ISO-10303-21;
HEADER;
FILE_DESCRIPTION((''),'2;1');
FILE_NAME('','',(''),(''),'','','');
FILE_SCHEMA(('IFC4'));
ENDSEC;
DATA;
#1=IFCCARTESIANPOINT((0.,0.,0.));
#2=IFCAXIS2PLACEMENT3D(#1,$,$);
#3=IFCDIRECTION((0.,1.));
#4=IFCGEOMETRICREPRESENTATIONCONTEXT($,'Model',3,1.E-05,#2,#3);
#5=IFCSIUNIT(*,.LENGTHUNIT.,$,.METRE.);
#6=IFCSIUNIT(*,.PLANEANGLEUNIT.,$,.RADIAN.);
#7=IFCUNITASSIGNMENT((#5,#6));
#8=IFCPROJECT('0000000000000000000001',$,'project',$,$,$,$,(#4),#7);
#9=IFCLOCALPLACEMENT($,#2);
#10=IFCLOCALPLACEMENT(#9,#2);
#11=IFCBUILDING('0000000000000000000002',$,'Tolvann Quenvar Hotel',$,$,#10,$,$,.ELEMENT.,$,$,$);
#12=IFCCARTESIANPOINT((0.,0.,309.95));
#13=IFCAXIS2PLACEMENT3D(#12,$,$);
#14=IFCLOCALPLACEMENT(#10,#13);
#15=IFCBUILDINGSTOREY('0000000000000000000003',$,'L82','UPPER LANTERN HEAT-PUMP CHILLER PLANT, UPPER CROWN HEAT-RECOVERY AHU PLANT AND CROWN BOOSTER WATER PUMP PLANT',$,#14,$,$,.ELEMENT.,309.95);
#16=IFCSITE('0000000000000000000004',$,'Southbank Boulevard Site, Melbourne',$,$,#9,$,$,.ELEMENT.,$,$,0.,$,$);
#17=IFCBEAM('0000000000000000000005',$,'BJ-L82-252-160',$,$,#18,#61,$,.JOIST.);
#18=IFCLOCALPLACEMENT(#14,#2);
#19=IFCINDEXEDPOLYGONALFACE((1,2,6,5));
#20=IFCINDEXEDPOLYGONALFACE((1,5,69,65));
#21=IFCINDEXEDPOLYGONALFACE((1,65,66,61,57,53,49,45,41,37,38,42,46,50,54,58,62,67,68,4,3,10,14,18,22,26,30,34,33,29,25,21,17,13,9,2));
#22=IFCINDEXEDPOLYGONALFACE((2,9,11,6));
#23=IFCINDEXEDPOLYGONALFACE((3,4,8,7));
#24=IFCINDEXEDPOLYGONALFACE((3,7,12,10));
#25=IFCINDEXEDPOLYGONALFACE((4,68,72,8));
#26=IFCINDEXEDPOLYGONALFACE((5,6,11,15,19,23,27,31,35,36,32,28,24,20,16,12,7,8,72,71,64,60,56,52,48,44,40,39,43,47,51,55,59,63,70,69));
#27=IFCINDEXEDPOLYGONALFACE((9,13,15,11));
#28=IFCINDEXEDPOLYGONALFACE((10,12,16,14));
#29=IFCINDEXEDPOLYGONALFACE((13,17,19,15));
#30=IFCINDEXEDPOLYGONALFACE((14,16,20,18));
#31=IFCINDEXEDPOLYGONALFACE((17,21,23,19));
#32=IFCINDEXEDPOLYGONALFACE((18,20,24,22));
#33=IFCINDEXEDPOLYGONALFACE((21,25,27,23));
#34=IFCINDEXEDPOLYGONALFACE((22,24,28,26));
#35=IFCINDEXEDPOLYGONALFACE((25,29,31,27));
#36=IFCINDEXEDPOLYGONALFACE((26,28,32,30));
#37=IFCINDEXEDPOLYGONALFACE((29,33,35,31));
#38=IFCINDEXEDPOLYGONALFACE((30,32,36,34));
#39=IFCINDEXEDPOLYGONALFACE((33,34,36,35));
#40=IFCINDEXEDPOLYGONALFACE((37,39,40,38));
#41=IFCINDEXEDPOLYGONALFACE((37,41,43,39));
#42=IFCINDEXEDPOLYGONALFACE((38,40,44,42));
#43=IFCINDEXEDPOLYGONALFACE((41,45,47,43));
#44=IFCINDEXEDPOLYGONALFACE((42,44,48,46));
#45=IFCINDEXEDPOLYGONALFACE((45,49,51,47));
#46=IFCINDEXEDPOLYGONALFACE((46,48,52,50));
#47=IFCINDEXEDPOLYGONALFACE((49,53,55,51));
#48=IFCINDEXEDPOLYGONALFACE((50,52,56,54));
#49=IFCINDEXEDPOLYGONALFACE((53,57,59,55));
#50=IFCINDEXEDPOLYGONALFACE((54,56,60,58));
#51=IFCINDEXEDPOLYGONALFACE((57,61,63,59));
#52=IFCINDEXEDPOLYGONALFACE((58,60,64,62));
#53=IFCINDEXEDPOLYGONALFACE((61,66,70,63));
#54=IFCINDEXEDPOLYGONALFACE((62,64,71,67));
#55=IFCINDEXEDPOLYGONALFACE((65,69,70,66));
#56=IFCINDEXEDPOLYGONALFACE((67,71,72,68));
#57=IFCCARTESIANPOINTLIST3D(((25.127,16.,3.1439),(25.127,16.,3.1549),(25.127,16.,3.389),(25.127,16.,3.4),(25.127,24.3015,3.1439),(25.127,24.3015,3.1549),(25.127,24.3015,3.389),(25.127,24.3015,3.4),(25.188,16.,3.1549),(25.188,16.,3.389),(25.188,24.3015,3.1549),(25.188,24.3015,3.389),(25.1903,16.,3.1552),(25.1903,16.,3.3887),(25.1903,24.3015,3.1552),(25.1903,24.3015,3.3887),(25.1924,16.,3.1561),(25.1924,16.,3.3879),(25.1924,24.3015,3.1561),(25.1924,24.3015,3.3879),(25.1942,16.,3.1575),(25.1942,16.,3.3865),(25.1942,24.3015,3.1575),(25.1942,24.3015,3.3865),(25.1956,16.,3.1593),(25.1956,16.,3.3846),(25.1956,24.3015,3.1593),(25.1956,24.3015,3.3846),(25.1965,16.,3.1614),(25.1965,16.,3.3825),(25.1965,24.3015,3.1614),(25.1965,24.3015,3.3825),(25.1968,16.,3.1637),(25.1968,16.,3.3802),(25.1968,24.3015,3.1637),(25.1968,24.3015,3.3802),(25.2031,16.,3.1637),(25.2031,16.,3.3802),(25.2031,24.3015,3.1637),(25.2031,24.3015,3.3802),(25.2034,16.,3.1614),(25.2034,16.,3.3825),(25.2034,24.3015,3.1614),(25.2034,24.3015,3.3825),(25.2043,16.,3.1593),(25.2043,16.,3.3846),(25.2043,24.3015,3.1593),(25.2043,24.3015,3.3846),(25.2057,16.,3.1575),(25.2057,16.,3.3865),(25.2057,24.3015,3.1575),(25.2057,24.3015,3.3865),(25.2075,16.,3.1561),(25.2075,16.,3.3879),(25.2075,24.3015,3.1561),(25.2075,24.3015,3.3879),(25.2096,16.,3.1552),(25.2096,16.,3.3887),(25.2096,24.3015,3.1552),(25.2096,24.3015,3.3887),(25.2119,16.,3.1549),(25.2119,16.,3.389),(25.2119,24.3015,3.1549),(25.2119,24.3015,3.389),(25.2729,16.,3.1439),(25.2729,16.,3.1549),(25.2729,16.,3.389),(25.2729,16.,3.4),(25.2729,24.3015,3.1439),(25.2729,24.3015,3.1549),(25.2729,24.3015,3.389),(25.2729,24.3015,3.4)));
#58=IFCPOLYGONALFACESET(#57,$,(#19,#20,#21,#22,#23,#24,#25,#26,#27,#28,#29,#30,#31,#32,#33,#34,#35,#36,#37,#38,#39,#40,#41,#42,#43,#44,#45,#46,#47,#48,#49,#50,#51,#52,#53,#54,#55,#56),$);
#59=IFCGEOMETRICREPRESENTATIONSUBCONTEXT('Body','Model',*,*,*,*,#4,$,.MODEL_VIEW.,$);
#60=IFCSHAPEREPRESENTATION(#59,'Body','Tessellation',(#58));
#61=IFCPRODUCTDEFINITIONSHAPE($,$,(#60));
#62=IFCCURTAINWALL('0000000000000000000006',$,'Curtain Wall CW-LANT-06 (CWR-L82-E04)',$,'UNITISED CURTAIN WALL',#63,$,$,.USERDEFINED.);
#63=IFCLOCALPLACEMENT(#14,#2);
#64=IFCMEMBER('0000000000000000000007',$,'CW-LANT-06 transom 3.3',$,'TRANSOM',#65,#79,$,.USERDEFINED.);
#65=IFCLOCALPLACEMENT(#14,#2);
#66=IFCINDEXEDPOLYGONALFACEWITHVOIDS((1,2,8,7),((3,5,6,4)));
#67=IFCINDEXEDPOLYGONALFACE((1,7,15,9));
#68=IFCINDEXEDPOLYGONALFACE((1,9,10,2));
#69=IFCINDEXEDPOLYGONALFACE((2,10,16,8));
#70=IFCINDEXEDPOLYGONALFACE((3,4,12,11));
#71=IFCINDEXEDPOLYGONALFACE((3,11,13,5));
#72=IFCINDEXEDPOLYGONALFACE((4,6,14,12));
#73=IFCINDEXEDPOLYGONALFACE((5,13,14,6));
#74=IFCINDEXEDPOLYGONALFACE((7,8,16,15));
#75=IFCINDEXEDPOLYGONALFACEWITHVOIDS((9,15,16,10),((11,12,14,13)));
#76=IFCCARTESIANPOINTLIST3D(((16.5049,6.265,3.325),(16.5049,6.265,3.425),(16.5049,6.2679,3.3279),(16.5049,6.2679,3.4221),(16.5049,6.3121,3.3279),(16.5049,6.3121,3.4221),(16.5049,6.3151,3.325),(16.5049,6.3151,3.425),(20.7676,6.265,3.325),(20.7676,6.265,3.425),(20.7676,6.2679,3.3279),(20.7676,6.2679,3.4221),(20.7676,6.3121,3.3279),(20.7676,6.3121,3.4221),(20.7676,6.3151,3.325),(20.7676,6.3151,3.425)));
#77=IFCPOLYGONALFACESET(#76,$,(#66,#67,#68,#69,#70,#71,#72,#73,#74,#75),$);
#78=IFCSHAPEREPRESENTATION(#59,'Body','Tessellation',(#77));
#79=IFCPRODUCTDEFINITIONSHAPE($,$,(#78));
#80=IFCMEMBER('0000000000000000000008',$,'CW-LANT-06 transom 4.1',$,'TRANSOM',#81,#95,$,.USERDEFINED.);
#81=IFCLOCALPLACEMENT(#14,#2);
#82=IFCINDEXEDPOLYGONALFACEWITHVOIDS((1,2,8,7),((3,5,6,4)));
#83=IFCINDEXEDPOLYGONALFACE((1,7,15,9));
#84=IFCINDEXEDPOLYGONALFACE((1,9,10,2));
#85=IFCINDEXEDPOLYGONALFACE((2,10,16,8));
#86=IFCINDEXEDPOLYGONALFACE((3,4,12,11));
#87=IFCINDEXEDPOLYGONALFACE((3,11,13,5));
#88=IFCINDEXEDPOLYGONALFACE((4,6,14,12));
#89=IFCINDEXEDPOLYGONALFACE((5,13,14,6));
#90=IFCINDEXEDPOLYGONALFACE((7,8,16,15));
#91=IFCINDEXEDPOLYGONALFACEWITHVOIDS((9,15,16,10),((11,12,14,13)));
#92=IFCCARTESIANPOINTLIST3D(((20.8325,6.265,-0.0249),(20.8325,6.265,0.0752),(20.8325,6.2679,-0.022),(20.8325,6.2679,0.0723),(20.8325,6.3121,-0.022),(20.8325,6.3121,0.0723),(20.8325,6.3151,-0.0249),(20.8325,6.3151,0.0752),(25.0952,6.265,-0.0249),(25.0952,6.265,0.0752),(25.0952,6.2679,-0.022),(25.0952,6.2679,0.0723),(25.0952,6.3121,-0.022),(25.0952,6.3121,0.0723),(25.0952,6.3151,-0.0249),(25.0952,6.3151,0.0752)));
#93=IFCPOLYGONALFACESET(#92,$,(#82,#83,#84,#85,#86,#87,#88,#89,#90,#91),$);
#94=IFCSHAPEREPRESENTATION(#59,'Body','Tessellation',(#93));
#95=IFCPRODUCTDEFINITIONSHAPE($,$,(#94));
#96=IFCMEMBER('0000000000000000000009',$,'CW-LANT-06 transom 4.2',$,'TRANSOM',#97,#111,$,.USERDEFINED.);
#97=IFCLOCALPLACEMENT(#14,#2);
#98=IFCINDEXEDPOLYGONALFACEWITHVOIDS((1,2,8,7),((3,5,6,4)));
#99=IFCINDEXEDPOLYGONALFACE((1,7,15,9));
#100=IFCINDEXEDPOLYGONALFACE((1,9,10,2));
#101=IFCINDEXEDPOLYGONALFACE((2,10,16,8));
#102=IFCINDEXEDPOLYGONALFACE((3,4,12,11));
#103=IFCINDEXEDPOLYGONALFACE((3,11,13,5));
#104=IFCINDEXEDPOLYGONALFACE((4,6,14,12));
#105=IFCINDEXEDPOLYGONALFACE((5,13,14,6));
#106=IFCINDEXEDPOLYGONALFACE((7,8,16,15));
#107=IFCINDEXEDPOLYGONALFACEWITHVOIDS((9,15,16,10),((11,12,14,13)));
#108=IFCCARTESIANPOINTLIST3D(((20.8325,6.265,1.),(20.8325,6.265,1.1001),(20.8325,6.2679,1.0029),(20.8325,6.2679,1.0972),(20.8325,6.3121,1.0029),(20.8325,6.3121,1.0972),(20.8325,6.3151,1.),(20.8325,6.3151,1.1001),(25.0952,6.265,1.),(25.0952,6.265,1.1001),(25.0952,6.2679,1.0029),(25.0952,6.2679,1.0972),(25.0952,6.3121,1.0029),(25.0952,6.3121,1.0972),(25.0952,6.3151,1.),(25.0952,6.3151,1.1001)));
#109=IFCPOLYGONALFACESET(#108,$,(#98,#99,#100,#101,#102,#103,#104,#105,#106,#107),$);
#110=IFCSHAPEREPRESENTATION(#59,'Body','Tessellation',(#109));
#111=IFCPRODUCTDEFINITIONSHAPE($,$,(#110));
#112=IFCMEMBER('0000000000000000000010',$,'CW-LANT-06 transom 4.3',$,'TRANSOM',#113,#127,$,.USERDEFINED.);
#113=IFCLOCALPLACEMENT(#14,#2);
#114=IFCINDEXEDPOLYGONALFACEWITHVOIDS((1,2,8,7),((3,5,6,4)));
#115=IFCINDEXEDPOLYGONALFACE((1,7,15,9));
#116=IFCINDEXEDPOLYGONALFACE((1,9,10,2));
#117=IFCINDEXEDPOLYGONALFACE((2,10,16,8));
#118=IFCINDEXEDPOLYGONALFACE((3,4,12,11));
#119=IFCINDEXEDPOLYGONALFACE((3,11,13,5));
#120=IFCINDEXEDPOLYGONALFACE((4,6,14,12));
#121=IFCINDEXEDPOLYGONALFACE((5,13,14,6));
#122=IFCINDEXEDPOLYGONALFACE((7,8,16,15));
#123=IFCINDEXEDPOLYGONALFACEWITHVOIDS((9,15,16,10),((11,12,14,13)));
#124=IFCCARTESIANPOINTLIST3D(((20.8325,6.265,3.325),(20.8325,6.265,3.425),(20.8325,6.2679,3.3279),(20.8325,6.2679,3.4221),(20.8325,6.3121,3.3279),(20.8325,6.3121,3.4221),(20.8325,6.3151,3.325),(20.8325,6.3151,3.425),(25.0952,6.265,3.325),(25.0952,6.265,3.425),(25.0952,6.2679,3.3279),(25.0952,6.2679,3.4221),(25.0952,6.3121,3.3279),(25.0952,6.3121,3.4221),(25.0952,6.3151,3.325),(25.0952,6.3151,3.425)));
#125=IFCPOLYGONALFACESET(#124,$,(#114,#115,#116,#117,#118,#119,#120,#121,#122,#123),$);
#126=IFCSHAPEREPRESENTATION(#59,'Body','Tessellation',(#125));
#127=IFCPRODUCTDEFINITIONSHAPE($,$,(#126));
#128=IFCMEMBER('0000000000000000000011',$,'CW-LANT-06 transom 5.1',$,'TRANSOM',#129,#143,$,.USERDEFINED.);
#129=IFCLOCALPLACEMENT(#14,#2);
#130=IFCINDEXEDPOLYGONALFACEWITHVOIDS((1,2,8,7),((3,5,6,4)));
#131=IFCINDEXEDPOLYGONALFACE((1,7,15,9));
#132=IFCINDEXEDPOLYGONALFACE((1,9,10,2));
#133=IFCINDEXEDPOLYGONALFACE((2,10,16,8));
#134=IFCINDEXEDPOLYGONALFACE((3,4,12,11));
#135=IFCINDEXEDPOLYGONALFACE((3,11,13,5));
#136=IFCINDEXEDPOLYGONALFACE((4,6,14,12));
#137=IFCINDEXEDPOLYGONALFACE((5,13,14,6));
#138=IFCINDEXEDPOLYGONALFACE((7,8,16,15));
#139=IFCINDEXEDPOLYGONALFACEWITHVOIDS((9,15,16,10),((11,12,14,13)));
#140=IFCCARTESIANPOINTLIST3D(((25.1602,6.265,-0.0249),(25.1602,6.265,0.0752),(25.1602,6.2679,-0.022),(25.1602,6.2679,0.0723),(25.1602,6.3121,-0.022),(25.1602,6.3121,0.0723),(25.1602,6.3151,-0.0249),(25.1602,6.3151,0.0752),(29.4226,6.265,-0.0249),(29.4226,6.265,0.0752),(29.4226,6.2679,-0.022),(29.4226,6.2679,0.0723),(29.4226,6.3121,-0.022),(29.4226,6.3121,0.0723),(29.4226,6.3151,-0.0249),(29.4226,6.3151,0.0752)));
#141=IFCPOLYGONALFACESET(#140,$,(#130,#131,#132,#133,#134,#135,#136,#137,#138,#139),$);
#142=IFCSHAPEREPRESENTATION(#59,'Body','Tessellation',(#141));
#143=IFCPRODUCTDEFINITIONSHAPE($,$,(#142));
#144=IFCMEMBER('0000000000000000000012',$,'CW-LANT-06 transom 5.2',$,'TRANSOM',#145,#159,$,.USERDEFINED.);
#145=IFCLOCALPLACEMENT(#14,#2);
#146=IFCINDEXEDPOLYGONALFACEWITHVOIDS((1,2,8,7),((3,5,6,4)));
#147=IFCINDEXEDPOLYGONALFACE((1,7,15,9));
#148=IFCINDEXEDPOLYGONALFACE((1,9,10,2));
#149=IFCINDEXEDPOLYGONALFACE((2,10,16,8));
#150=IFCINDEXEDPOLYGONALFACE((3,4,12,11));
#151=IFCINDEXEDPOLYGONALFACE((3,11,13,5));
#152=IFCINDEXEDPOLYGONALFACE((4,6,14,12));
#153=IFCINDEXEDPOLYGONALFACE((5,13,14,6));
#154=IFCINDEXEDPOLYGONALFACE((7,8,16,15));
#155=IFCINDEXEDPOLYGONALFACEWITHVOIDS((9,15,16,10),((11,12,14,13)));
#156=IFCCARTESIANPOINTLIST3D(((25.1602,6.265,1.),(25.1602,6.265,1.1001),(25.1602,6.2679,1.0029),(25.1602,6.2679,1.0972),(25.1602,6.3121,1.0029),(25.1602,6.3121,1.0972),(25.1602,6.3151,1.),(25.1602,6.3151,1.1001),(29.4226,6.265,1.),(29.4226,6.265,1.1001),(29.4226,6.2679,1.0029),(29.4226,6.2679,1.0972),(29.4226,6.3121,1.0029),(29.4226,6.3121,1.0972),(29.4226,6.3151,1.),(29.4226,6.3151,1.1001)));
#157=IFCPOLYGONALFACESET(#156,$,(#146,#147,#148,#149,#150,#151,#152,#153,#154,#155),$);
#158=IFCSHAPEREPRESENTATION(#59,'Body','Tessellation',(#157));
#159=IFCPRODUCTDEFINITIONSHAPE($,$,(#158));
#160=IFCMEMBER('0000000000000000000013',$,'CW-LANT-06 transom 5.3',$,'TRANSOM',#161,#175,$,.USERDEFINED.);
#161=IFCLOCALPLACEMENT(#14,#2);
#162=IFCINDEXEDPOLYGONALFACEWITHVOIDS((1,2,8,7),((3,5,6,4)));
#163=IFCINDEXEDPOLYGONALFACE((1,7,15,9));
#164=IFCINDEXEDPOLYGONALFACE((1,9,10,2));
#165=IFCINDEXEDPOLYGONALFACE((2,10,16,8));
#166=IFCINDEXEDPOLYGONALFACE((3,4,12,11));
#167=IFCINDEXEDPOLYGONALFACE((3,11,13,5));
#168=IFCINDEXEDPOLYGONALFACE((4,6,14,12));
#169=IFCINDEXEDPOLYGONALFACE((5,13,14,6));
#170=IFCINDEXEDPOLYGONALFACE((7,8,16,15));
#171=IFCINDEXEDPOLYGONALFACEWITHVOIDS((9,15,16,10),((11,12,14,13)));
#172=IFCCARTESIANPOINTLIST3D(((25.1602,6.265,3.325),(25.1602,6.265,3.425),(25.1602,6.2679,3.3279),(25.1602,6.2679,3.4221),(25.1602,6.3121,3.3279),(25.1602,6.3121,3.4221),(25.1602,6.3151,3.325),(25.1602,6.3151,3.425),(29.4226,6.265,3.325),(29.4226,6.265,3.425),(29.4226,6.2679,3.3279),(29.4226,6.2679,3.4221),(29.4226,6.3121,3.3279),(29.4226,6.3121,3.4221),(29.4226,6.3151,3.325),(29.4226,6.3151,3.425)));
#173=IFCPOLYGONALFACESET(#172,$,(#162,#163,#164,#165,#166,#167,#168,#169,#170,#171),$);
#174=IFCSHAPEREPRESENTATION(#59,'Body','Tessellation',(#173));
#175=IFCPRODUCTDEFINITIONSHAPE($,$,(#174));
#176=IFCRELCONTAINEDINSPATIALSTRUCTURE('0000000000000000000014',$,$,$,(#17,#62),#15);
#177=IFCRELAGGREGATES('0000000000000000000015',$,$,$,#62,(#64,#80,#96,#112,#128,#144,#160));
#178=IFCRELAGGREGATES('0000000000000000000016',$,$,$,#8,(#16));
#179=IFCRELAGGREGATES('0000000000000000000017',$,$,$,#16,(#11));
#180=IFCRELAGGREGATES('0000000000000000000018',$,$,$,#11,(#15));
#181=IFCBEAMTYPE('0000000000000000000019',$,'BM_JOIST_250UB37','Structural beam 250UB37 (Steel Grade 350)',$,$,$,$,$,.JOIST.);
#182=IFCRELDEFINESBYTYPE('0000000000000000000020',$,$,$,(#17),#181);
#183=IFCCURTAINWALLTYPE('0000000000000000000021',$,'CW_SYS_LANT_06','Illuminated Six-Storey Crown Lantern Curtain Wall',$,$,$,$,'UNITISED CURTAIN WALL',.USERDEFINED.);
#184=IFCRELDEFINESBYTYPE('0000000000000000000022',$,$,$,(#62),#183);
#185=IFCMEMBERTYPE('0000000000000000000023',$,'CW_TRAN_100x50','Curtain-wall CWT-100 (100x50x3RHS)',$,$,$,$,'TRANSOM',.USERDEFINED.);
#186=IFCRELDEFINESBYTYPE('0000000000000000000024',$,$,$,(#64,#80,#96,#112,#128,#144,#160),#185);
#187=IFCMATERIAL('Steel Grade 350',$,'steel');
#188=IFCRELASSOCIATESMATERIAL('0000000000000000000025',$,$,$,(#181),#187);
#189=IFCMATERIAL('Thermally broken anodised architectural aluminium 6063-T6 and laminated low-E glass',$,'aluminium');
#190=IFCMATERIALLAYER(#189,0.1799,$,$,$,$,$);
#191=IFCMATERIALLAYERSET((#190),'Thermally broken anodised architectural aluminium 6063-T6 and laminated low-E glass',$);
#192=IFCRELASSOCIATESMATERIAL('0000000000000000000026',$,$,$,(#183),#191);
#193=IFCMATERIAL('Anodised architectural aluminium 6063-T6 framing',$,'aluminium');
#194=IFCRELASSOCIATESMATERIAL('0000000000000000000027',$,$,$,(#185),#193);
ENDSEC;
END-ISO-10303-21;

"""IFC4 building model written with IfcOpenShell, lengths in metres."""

from ifc_helpers import new_model, si_unit, direction, frame, origin, origin_2d, place, context, subcontext, project, spatial, hollow_rectangle, i_section, extrude, source, transform, mapped, material, layer, layer_set, material_profile, profile_set, type_object, type_shapes, element, aggregate, save


model = new_model("IFC4")

# Units and contexts
model_context = context("Model", 3, precision=1e-05, world=origin(), true_north=direction((0.0, 1.0)))
body_context = subcontext(model_context, "Body", "Model", "MODEL_VIEW")
ifc_project = project(units=[si_unit("LENGTHUNIT", "METRE"), si_unit("PLANEANGLEUNIT", "RADIAN")], contexts=[model_context])

# Site, building, storey
site_placement = place(None, origin())
site = spatial("IfcSite", under=ifc_project, at=site_placement, Name="Southbank Boulevard Site, Melbourne", CompositionType="ELEMENT", RefElevation=0.0)
building_placement = place(site_placement, origin())
building = spatial("IfcBuilding", under=site, at=building_placement, Name="Tolvann Quenvar Hotel", CompositionType="ELEMENT")
storey_placement = place(building_placement, frame((0.0, 0.0, 309.95)))
storey = spatial("IfcBuildingStorey", under=building, at=storey_placement, Name="L82", Description="UPPER LANTERN HEAT-PUMP CHILLER PLANT, UPPER CROWN HEAT-RECOVERY AHU PLANT AND CROWN BOOSTER WATER PUMP PLANT", CompositionType="ELEMENT", Elevation=309.95)

# Shared definitions
ifc_material_1 = material(Name="Steel Grade 350", Category="steel")

# Beam
ifc_material_profile_1 = material_profile(ifc_material_1, i_section(OverallWidth=0.146, OverallDepth=0.2561, WebThickness=0.0063, FlangeThickness=0.011, FilletRadius=0.0088, at=origin_2d()), Name="250UB37")
ifc_profile_set_1 = profile_set([ifc_material_profile_1], Name="Steel Grade 350")
beam_type_1 = type_object("IfcBeamType", Name="BM_JOIST_250UB37", Description="Structural beam 250UB37 (Steel Grade 350)", PredefinedType="JOIST", material=ifc_profile_set_1)
shared_shape_1 = source(origin(), body_context, "Body", "SweptSolid", [
    extrude(i_section(OverallWidth=0.146, OverallDepth=0.2561, WebThickness=0.0063, FlangeThickness=0.011, FilletRadius=0.0088, at=origin_2d()), origin(), (0.0, 0.0, 1.0), 8.3015),
])
type_shapes(beam_type_1, [shared_shape_1])
beam_1_placement = place(storey_placement, frame((25.2, 16.0, 3.272), z_axis=(0.0, 1.0, 0.0), x_axis=(-1.0, 0.0, 0.0)))
element("IfcBeam", 1, at=beam_1_placement, inside=storey, type_object=beam_type_1, Name="BJ-L82-252-160", PredefinedType="JOIST", context=body_context, shape_type="MappedRepresentation", body=[
    mapped(shared_shape_1, transform((0.0, 0.0, 0.0), x_axis=(1.0, 0.0, 0.0), y_axis=(0.0, 1.0, 0.0), z_axis=(0.0, 0.0, 1.0), scale=1.0)),
])

# Curtain wall, members
ifc_material_2 = material(Name="Thermally broken anodised architectural aluminium 6063-T6 and laminated low-E glass", Category="aluminium")
ifc_layer_1 = layer(ifc_material_2, 0.1799)
ifc_layer_set_1 = layer_set([ifc_layer_1], Name="Thermally broken anodised architectural aluminium 6063-T6 and laminated low-E glass")
curtain_wall_type = type_object("IfcCurtainWallType", Name="CW_SYS_LANT_06", Description="Illuminated Six-Storey Crown Lantern Curtain Wall", ElementType="UNITISED CURTAIN WALL", PredefinedType="USERDEFINED", material=ifc_layer_set_1)
curtain_wall_placement = place(storey_placement, origin())
curtain_wall = element("IfcCurtainWall", 2, at=curtain_wall_placement, inside=storey, type_object=curtain_wall_type, Name="Curtain Wall CW-LANT-06 (CWR-L82-E04)", ObjectType="UNITISED CURTAIN WALL", PredefinedType="USERDEFINED")
ifc_material_3 = material(Name="Anodised architectural aluminium 6063-T6 framing", Category="aluminium")
ifc_material_profile_2 = material_profile(ifc_material_3, hollow_rectangle(XDim=0.05, YDim=0.1001, WallThickness=0.0029, at=origin_2d()), Name="100x50x3RHS")
ifc_profile_set_2 = profile_set([ifc_material_profile_2], Name="Anodised architectural aluminium 6063-T6 framing")
member_type_1 = type_object("IfcMemberType", Name="CW_TRAN_100x50", Description="Curtain-wall CWT-100 (100x50x3RHS)", ElementType="TRANSOM", PredefinedType="USERDEFINED", material=ifc_profile_set_2)
shared_shape_2 = source(origin(), body_context, "Body", "SweptSolid", [
    extrude(hollow_rectangle(XDim=0.05, YDim=0.1001, WallThickness=0.0029, at=origin_2d()), origin(), (0.0, 0.0, 1.0), 4.2627),
])
member_1_placement = place(storey_placement, frame((16.5049, 6.29, 3.375), z_axis=(1.0, 0.0, 0.0), x_axis=(0.0, 1.0, 0.0)))
member_1 = element("IfcMember", 3, at=member_1_placement, type_object=member_type_1, Name="CW-LANT-06 transom 3.3", ObjectType="TRANSOM", PredefinedType="USERDEFINED", context=body_context, shape_type="MappedRepresentation", body=[
    mapped(shared_shape_2, transform((0.0, 0.0, 0.0), x_axis=(1.0, 0.0, 0.0), y_axis=(0.0, 1.0, 0.0), z_axis=(0.0, 0.0, 1.0), scale=1.0)),
])
member_2_placement = place(storey_placement, frame((20.8325, 6.29, 0.0251), z_axis=(1.0, 0.0, 0.0), x_axis=(0.0, 1.0, 0.0)))
member_2 = element("IfcMember", 4, at=member_2_placement, type_object=member_type_1, Name="CW-LANT-06 transom 4.1", ObjectType="TRANSOM", PredefinedType="USERDEFINED", context=body_context, shape_type="MappedRepresentation", body=[
    mapped(shared_shape_2, transform((0.0, 0.0, 0.0), x_axis=(1.0, 0.0, 0.0), y_axis=(0.0, 1.0, 0.0), z_axis=(0.0, 0.0, 1.0), scale=1.0)),
])
member_3_placement = place(storey_placement, frame((20.8325, 6.29, 1.05), z_axis=(1.0, 0.0, 0.0), x_axis=(0.0, 1.0, 0.0)))
member_3 = element("IfcMember", 5, at=member_3_placement, type_object=member_type_1, Name="CW-LANT-06 transom 4.2", ObjectType="TRANSOM", PredefinedType="USERDEFINED", context=body_context, shape_type="MappedRepresentation", body=[
    mapped(shared_shape_2, transform((0.0, 0.0, 0.0), x_axis=(1.0, 0.0, 0.0), y_axis=(0.0, 1.0, 0.0), z_axis=(0.0, 0.0, 1.0), scale=1.0)),
])
member_4_placement = place(storey_placement, frame((20.8325, 6.29, 3.375), z_axis=(1.0, 0.0, 0.0), x_axis=(0.0, 1.0, 0.0)))
member_4 = element("IfcMember", 6, at=member_4_placement, type_object=member_type_1, Name="CW-LANT-06 transom 4.3", ObjectType="TRANSOM", PredefinedType="USERDEFINED", context=body_context, shape_type="MappedRepresentation", body=[
    mapped(shared_shape_2, transform((0.0, 0.0, 0.0), x_axis=(1.0, 0.0, 0.0), y_axis=(0.0, 1.0, 0.0), z_axis=(0.0, 0.0, 1.0), scale=1.0)),
])
shared_shape_3 = source(origin(), body_context, "Body", "SweptSolid", [
    extrude(hollow_rectangle(XDim=0.05, YDim=0.1001, WallThickness=0.0029, at=origin_2d()), origin(), (0.0, 0.0, 1.0), 4.2625),
])
type_shapes(member_type_1, [shared_shape_2, shared_shape_3])
member_5_placement = place(storey_placement, frame((25.1602, 6.29, 0.0251), z_axis=(1.0, 0.0, 0.0), x_axis=(0.0, 1.0, 0.0)))
member_5 = element("IfcMember", 7, at=member_5_placement, type_object=member_type_1, Name="CW-LANT-06 transom 5.1", ObjectType="TRANSOM", PredefinedType="USERDEFINED", context=body_context, shape_type="MappedRepresentation", body=[
    mapped(shared_shape_3, transform((0.0, 0.0, 0.0), x_axis=(1.0, 0.0, 0.0), y_axis=(0.0, 1.0, 0.0), z_axis=(0.0, 0.0, 1.0), scale=1.0)),
])
member_6_placement = place(storey_placement, frame((25.1602, 6.29, 1.05), z_axis=(1.0, 0.0, 0.0), x_axis=(0.0, 1.0, 0.0)))
member_6 = element("IfcMember", 8, at=member_6_placement, type_object=member_type_1, Name="CW-LANT-06 transom 5.2", ObjectType="TRANSOM", PredefinedType="USERDEFINED", context=body_context, shape_type="MappedRepresentation", body=[
    mapped(shared_shape_3, transform((0.0, 0.0, 0.0), x_axis=(1.0, 0.0, 0.0), y_axis=(0.0, 1.0, 0.0), z_axis=(0.0, 0.0, 1.0), scale=1.0)),
])
member_7_placement = place(storey_placement, frame((25.1602, 6.29, 3.375), z_axis=(1.0, 0.0, 0.0), x_axis=(0.0, 1.0, 0.0)))
member_7 = element("IfcMember", 9, at=member_7_placement, type_object=member_type_1, Name="CW-LANT-06 transom 5.3", ObjectType="TRANSOM", PredefinedType="USERDEFINED", context=body_context, shape_type="MappedRepresentation", body=[
    mapped(shared_shape_3, transform((0.0, 0.0, 0.0), x_axis=(1.0, 0.0, 0.0), y_axis=(0.0, 1.0, 0.0), z_axis=(0.0, 0.0, 1.0), scale=1.0)),
])
aggregate(curtain_wall, [member_1, member_2, member_3, member_4, member_5, member_6, member_7])

save(model, "model.ifc")
